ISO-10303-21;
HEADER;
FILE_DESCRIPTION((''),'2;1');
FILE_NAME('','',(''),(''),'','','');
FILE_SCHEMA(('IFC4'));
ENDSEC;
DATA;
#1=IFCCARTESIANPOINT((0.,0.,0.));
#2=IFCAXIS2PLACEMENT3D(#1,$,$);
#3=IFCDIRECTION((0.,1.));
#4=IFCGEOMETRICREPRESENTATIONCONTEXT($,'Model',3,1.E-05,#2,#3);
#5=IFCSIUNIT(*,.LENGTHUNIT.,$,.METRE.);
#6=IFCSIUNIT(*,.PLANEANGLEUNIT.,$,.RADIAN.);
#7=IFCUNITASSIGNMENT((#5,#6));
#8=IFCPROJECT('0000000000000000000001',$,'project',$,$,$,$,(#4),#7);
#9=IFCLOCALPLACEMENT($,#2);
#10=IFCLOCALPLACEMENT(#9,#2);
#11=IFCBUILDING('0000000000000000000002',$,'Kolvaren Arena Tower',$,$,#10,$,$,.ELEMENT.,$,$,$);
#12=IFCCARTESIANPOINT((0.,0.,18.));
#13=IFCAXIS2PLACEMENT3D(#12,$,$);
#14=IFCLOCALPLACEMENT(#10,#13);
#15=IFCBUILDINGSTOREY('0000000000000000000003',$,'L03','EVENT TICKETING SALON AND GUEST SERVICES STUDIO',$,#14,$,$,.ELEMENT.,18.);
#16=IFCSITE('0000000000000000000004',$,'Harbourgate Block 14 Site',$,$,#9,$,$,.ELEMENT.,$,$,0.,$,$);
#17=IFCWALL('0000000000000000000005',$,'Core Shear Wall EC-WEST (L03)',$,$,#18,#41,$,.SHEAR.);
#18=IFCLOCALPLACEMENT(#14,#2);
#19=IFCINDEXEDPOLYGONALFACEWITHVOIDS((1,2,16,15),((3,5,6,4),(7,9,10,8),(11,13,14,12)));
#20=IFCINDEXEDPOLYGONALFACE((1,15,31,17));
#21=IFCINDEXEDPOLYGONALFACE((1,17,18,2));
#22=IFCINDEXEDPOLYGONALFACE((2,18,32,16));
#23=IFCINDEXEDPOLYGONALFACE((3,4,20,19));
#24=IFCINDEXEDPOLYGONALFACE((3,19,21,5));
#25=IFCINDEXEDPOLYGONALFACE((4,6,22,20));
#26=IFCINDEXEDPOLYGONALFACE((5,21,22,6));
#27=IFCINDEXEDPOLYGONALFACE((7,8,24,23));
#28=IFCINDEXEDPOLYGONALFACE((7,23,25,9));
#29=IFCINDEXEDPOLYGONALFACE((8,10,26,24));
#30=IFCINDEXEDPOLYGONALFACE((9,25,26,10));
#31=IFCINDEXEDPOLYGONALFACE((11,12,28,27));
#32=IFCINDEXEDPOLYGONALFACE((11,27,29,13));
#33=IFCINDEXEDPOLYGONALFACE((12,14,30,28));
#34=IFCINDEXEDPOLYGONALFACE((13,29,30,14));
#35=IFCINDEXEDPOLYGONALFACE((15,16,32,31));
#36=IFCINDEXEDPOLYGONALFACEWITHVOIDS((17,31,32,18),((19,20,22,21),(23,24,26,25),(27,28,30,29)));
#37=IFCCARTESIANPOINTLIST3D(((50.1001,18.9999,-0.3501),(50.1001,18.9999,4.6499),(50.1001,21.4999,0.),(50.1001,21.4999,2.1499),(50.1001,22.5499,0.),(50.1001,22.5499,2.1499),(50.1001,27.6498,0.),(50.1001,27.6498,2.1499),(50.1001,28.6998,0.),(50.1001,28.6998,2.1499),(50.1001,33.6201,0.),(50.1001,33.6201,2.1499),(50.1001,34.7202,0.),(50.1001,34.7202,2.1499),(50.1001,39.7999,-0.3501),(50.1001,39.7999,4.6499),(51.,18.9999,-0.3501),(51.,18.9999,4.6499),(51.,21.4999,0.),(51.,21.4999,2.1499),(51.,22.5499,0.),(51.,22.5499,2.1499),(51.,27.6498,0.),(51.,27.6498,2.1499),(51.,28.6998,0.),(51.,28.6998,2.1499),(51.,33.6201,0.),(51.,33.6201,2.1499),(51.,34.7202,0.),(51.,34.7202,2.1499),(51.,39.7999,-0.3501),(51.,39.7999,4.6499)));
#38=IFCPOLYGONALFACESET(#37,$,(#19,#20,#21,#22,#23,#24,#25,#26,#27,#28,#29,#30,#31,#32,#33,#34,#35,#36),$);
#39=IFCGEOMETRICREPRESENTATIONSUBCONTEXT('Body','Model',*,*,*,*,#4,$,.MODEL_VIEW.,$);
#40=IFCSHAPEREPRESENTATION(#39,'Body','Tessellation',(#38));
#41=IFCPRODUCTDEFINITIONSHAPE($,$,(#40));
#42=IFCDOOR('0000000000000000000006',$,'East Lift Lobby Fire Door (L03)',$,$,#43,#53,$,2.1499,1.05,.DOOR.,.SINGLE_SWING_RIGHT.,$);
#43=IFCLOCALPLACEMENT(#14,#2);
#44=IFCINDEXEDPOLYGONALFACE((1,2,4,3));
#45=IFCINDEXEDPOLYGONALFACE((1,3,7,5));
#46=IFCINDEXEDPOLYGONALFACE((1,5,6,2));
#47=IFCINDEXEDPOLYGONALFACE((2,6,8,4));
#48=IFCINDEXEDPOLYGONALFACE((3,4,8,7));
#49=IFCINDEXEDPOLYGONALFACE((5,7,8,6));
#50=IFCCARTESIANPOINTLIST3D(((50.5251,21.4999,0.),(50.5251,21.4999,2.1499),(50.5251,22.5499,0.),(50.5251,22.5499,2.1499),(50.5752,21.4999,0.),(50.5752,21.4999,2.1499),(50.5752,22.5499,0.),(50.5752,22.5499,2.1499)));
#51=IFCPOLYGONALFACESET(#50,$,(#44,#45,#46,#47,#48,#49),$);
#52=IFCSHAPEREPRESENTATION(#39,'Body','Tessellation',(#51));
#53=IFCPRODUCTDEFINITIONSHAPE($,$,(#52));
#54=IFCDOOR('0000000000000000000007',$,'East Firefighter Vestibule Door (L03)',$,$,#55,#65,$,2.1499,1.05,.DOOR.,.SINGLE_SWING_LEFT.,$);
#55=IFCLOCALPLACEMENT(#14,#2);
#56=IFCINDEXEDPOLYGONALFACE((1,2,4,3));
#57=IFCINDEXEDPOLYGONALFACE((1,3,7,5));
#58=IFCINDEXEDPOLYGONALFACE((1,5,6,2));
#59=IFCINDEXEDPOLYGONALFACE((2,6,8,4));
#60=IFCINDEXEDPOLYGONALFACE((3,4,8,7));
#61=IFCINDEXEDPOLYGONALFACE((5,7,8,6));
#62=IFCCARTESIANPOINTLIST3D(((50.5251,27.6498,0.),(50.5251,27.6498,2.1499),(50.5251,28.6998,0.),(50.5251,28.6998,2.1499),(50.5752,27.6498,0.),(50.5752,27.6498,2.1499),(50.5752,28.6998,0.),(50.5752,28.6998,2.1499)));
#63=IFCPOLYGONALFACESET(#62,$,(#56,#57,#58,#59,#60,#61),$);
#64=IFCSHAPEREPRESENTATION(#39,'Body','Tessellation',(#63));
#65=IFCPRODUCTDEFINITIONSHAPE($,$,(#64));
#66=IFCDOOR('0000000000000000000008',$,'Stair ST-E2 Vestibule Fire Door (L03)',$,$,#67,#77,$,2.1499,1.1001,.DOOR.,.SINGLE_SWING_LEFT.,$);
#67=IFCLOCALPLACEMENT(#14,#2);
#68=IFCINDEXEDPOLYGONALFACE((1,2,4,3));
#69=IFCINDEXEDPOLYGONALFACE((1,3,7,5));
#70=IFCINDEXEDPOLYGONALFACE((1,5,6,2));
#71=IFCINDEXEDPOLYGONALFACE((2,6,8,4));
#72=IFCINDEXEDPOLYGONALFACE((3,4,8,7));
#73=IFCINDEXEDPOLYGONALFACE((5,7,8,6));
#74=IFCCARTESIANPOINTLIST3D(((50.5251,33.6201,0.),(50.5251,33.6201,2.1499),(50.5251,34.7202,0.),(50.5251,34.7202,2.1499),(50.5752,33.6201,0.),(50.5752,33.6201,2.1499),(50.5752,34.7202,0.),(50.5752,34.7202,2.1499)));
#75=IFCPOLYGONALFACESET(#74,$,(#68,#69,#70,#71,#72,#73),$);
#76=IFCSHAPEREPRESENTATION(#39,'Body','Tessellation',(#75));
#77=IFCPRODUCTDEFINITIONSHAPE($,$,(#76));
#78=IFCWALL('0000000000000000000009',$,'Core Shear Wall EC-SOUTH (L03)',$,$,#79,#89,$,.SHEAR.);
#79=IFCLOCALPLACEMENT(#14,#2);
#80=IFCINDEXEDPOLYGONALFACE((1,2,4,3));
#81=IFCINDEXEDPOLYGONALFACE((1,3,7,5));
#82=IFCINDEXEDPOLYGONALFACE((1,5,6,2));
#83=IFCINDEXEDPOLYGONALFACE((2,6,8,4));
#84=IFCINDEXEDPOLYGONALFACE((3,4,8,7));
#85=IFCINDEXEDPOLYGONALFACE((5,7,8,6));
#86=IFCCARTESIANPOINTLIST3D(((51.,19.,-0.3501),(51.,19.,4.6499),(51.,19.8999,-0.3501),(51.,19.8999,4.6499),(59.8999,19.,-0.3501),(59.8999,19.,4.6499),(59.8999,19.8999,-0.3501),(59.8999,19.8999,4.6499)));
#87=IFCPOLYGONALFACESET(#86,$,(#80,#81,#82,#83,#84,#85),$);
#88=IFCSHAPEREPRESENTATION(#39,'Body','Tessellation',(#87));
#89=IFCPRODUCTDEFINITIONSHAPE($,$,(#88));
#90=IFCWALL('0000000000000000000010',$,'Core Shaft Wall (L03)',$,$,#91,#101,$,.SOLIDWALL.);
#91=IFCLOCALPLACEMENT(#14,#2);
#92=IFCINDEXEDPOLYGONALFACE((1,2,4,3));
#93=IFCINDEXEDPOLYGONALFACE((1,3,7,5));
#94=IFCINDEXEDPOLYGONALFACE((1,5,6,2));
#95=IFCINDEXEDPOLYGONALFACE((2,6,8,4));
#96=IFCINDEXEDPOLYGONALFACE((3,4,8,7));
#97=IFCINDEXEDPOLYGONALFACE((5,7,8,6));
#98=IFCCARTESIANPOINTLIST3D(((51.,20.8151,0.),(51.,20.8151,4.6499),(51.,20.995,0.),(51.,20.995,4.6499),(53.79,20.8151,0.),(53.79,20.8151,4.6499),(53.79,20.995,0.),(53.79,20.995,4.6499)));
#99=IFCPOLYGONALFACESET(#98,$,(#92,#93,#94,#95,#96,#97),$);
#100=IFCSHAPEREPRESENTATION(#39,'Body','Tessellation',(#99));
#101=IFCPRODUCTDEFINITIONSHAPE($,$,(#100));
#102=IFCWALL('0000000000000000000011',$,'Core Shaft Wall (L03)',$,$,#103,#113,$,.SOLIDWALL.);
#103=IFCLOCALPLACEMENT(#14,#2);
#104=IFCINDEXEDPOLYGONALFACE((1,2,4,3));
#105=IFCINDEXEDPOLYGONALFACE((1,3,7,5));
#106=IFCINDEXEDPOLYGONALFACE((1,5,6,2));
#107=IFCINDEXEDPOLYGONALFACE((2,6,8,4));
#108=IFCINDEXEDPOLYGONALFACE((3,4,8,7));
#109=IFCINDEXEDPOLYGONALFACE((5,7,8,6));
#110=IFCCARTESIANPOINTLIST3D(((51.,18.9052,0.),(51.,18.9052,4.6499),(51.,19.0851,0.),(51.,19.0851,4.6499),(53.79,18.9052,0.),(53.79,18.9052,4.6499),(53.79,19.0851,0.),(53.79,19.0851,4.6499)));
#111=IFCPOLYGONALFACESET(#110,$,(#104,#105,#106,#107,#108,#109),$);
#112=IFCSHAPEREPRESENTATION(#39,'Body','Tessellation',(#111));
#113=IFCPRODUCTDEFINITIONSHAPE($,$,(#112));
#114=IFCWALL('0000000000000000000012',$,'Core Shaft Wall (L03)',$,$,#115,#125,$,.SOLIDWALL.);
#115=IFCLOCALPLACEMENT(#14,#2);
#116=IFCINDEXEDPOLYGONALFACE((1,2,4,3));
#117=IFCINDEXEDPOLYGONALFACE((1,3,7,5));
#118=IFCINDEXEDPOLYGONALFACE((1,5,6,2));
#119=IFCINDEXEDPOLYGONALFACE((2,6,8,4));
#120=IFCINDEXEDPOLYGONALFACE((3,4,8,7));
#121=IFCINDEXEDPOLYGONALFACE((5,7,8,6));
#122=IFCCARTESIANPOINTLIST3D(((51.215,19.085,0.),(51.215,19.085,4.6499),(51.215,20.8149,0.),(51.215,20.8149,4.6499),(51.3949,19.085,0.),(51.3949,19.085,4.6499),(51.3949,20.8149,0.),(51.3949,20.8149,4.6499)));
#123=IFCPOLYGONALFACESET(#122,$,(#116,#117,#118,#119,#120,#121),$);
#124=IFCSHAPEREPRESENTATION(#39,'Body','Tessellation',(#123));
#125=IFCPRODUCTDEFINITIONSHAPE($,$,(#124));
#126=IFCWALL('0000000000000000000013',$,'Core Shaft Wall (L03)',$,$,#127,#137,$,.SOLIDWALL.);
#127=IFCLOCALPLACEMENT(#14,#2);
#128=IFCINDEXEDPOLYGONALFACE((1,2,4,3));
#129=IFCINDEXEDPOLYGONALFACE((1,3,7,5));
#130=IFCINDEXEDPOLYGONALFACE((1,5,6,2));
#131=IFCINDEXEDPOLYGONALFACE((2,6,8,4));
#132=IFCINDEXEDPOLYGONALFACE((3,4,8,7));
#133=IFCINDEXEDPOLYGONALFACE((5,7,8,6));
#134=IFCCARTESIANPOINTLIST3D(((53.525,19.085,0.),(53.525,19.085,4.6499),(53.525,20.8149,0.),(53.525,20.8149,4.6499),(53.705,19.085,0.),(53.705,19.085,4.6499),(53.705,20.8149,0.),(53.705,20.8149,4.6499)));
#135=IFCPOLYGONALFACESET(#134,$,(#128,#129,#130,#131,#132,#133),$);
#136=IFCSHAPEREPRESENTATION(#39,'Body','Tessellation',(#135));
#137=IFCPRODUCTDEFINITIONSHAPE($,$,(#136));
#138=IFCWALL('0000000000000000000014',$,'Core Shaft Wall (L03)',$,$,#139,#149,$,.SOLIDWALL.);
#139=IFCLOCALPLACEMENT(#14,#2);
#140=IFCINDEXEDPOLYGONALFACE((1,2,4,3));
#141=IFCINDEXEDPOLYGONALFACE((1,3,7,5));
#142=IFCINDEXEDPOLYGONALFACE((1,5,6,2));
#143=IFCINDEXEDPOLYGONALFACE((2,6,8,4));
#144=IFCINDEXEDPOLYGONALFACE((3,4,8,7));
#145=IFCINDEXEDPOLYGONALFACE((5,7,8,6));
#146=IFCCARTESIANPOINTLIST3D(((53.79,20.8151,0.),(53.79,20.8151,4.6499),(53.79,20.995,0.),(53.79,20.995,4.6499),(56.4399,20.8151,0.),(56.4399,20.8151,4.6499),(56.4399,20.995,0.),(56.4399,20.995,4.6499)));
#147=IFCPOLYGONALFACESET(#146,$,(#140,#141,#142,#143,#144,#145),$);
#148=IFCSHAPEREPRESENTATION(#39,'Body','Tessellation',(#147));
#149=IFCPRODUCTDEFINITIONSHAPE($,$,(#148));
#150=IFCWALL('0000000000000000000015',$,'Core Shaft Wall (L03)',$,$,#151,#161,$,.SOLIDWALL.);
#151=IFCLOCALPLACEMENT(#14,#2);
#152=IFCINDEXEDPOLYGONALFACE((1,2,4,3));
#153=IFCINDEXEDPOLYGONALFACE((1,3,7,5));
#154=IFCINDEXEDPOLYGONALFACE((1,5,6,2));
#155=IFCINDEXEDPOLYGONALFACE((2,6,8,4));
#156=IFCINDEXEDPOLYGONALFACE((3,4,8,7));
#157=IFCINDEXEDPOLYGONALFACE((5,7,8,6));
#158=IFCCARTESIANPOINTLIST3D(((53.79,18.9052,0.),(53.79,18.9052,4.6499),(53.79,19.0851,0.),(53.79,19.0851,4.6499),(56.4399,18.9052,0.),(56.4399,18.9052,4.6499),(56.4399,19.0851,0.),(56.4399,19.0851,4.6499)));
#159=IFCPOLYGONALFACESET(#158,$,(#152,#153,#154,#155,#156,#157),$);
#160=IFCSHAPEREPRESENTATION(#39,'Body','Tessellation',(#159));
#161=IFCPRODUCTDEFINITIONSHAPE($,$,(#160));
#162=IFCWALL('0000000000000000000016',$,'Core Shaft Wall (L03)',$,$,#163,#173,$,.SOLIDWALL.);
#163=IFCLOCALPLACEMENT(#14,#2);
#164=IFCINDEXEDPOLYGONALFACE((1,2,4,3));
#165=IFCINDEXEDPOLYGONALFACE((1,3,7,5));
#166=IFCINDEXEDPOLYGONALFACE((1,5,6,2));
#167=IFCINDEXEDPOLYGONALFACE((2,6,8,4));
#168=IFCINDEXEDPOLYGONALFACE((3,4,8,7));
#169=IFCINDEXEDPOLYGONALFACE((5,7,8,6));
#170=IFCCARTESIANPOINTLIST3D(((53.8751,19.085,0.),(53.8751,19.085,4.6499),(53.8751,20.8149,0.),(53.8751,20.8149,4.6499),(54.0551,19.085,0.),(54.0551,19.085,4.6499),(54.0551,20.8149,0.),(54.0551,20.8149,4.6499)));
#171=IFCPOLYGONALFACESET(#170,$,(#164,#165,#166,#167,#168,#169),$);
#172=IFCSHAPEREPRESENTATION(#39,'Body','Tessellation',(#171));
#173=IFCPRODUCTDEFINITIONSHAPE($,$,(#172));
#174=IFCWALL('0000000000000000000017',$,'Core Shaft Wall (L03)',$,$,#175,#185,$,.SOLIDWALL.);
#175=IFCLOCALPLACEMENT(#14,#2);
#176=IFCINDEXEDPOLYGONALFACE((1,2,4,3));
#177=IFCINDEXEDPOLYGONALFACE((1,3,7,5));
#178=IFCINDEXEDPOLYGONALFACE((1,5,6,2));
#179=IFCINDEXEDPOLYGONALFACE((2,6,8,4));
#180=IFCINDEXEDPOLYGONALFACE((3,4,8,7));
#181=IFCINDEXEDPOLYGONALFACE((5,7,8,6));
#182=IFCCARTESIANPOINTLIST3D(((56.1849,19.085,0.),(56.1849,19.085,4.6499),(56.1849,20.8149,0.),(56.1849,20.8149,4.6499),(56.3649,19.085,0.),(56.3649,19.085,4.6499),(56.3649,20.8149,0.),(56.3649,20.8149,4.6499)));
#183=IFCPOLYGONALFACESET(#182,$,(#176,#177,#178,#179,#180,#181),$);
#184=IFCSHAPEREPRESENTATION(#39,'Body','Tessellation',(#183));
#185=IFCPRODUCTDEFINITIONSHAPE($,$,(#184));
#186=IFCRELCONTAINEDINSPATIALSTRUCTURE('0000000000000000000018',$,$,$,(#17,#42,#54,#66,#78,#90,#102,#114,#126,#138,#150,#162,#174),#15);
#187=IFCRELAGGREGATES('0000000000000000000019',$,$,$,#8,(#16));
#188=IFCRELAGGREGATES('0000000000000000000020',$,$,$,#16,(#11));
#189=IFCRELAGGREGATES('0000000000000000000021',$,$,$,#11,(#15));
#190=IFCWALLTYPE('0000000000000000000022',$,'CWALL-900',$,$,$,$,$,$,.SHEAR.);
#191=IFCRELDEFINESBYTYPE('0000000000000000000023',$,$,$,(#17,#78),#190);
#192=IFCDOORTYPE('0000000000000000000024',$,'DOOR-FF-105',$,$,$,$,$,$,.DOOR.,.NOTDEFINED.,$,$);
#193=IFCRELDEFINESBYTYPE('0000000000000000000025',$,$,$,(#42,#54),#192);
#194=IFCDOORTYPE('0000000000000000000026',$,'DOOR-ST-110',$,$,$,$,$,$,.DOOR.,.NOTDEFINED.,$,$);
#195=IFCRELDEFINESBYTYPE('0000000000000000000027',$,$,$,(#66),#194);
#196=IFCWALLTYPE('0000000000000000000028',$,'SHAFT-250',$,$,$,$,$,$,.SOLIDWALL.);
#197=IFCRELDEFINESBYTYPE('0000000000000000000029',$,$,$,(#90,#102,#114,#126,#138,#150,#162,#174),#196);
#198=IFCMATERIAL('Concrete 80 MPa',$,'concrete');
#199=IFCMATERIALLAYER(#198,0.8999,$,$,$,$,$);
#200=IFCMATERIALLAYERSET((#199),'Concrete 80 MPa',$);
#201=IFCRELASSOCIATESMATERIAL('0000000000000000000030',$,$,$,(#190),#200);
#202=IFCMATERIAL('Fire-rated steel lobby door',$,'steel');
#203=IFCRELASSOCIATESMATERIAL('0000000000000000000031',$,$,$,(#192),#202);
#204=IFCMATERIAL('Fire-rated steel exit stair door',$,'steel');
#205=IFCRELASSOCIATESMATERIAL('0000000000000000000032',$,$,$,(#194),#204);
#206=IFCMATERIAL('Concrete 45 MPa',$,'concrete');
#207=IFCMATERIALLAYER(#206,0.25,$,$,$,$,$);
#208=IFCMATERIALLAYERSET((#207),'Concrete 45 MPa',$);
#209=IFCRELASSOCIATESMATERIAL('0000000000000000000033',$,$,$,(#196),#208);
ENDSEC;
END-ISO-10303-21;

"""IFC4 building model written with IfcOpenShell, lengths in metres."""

from ifc_helpers import new_model, si_unit, direction, frame, frame_2d, origin, place, context, subcontext, project, spatial, rectangle, extrude, material, layer, layer_set, type_object, element, fill, save


model = new_model("IFC4")

# Units and contexts
model_context = context("Model", 3, precision=1e-05, world=origin(), true_north=direction((0.0, 1.0)))
body_context = subcontext(model_context, "Body", "Model", "MODEL_VIEW")
ifc_project = project(units=[si_unit("LENGTHUNIT", "METRE"), si_unit("PLANEANGLEUNIT", "RADIAN")], contexts=[model_context])

# Site, building, storey
site_placement = place(None, origin())
site = spatial("IfcSite", under=ifc_project, at=site_placement, Name="Harbourgate Block 14 Site", CompositionType="ELEMENT", RefElevation=0.0)
building_placement = place(site_placement, origin())
building = spatial("IfcBuilding", under=site, at=building_placement, Name="Kolvaren Arena Tower", CompositionType="ELEMENT")
storey_placement = place(building_placement, frame((0.0, 0.0, 18.0)))
storey = spatial("IfcBuildingStorey", under=building, at=storey_placement, Name="L03", Description="EVENT TICKETING SALON AND GUEST SERVICES STUDIO", CompositionType="ELEMENT", Elevation=18.0)

# Wall, openings, doors
ifc_material_1 = material(Name="Concrete 80 MPa", Category="concrete")
ifc_layer_1 = layer(ifc_material_1, 0.8999)
ifc_layer_set_1 = layer_set([ifc_layer_1], Name="Concrete 80 MPa")
wall_type_1 = type_object("IfcWallType", Name="CWALL-900", PredefinedType="SHEAR", material=ifc_layer_set_1)
wall_1_placement = place(storey_placement, frame((50.55, 19.0, -0.3501), z_axis=(0.0, 0.0, 1.0), x_axis=(0.0, 1.0, 0.0)))
wall_1 = element("IfcWall", 1, at=wall_1_placement, inside=storey, type_object=wall_type_1, Name="Core Shear Wall EC-WEST (L03)", PredefinedType="SHEAR", context=body_context, shape_type="SweptSolid", body=[
    extrude(rectangle(XDim=20.8, YDim=0.8999, at=frame_2d((10.3999, 0.0))), origin(), (0.0, 0.0, 1.0), 5.0),
])
opening_1_placement = place(wall_1_placement, frame((2.5, 0.0, 0.3501)))
opening_1 = element("IfcOpeningElement", 2, at=opening_1_placement, cuts=wall_1, PredefinedType="OPENING", context=body_context, shape_type="SweptSolid", body=[
    extrude(rectangle(XDim=1.05, YDim=2.1499, at=frame_2d((0.5249, 1.075))), frame((0.0, 0.46, 0.0), z_axis=(0.0, -1.0, 0.0), x_axis=(1.0, 0.0, 0.0)), (0.0, 0.0, 1.0), 0.9199),
])
opening_2_placement = place(wall_1_placement, frame((8.6499, 0.0, 0.3501)))
opening_2 = element("IfcOpeningElement", 3, at=opening_2_placement, cuts=wall_1, PredefinedType="OPENING", context=body_context, shape_type="SweptSolid", body=[
    extrude(rectangle(XDim=1.05, YDim=2.1499, at=frame_2d((0.5249, 1.075))), frame((0.0, 0.46, 0.0), z_axis=(0.0, -1.0, 0.0), x_axis=(1.0, 0.0, 0.0)), (0.0, 0.0, 1.0), 0.9199),
])
opening_3_placement = place(wall_1_placement, frame((14.6201, 0.0, 0.3501)))
opening_3 = element("IfcOpeningElement", 4, at=opening_3_placement, cuts=wall_1, PredefinedType="OPENING", context=body_context, shape_type="SweptSolid", body=[
    extrude(rectangle(XDim=1.1001, YDim=2.1499, at=frame_2d((0.55, 1.075))), frame((0.0, 0.46, 0.0), z_axis=(0.0, -1.0, 0.0), x_axis=(1.0, 0.0, 0.0)), (0.0, 0.0, 1.0), 0.9199),
])
ifc_material_2 = material(Name="Fire-rated steel lobby door", Category="steel")
door_type_1 = type_object("IfcDoorType", Name="DOOR-FF-105", OperationType="NOTDEFINED", PredefinedType="DOOR", material=ifc_material_2)
door_1_placement = place(opening_1_placement, origin())
door_1 = element("IfcDoor", 5, at=door_1_placement, inside=storey, type_object=door_type_1, Name="East Lift Lobby Fire Door (L03)", OperationType="SINGLE_SWING_RIGHT", OverallHeight=2.1499, OverallWidth=1.05, PredefinedType="DOOR", context=body_context, shape_type="SweptSolid", body=[
    extrude(rectangle(XDim=1.05, YDim=2.1499, at=frame_2d((0.5249, 1.075))), frame((0.0, 0.0249, 0.0), z_axis=(0.0, -1.0, 0.0), x_axis=(1.0, 0.0, 0.0)), (0.0, 0.0, 1.0), 0.05),
])
fill(opening_1, door_1)
door_2_placement = place(opening_2_placement, origin())
door_2 = element("IfcDoor", 6, at=door_2_placement, inside=storey, type_object=door_type_1, Name="East Firefighter Vestibule Door (L03)", OperationType="SINGLE_SWING_LEFT", OverallHeight=2.1499, OverallWidth=1.05, PredefinedType="DOOR", context=body_context, shape_type="SweptSolid", body=[
    extrude(rectangle(XDim=1.05, YDim=2.1499, at=frame_2d((0.5249, 1.075))), frame((0.0, 0.0249, 0.0), z_axis=(0.0, -1.0, 0.0), x_axis=(1.0, 0.0, 0.0)), (0.0, 0.0, 1.0), 0.05),
])
fill(opening_2, door_2)
ifc_material_3 = material(Name="Fire-rated steel exit stair door", Category="steel")
door_type_2 = type_object("IfcDoorType", Name="DOOR-ST-110", OperationType="NOTDEFINED", PredefinedType="DOOR", material=ifc_material_3)
door_3_placement = place(opening_3_placement, origin())
door_3 = element("IfcDoor", 7, at=door_3_placement, inside=storey, type_object=door_type_2, Name="Stair ST-E2 Vestibule Fire Door (L03)", OperationType="SINGLE_SWING_LEFT", OverallHeight=2.1499, OverallWidth=1.1001, PredefinedType="DOOR", context=body_context, shape_type="SweptSolid", body=[
    extrude(rectangle(XDim=1.1001, YDim=2.1499, at=frame_2d((0.55, 1.075))), frame((0.0, 0.0249, 0.0), z_axis=(0.0, -1.0, 0.0), x_axis=(1.0, 0.0, 0.0)), (0.0, 0.0, 1.0), 0.05),
])
fill(opening_3, door_3)

# Walls
wall_2_placement = place(storey_placement, frame((51.0, 19.45, -0.3501), z_axis=(0.0, 0.0, 1.0), x_axis=(1.0, 0.0, 0.0)))
element("IfcWall", 8, at=wall_2_placement, inside=storey, type_object=wall_type_1, Name="Core Shear Wall EC-SOUTH (L03)", PredefinedType="SHEAR", context=body_context, shape_type="SweptSolid", body=[
    extrude(rectangle(XDim=8.8999, YDim=0.8999, at=frame_2d((4.45, 0.0))), origin(), (0.0, 0.0, 1.0), 5.0),
])
ifc_material_4 = material(Name="Concrete 45 MPa", Category="concrete")
ifc_layer_2 = layer(ifc_material_4, 0.25)
ifc_layer_set_2 = layer_set([ifc_layer_2], Name="Concrete 45 MPa")
wall_type_2 = type_object("IfcWallType", Name="SHAFT-250", PredefinedType="SOLIDWALL", material=ifc_layer_set_2)
for number, where, z_axis, x_axis, name in (
    (9, (51.0, 20.905, 0.0), (0.0, 0.0, 1.0), (1.0, 0.0, 0.0), "Core Shaft Wall (L03)"),
    (10, (51.0, 18.9951, 0.0), (0.0, 0.0, 1.0), (1.0, 0.0, 0.0), "Core Shaft Wall (L03)"),
):
    element("IfcWall", number, at=place(storey_placement, frame(where, z_axis=z_axis, x_axis=x_axis)), inside=storey, type_object=wall_type_2, Name=name, PredefinedType="SOLIDWALL", context=body_context, shape_type="SweptSolid", body=[
        extrude(rectangle(XDim=2.79, YDim=0.1799, at=frame_2d((1.395, 0.0))), origin(), (0.0, 0.0, 1.0), 4.6499),
    ])
for number, where, z_axis, x_axis, name in (
    (11, (51.3049, 19.085, 0.0), (0.0, 0.0, 1.0), (0.0, 1.0, 0.0), "Core Shaft Wall (L03)"),
    (12, (53.615, 19.085, 0.0), (0.0, 0.0, 1.0), (0.0, 1.0, 0.0), "Core Shaft Wall (L03)"),
):
    element("IfcWall", number, at=place(storey_placement, frame(where, z_axis=z_axis, x_axis=x_axis)), inside=storey, type_object=wall_type_2, Name=name, PredefinedType="SOLIDWALL", context=body_context, shape_type="SweptSolid", body=[
        extrude(rectangle(XDim=1.73, YDim=0.1799, at=frame_2d((0.865, 0.0))), origin(), (0.0, 0.0, 1.0), 4.6499),
    ])
for number, where, z_axis, x_axis, name in (
    (13, (53.79, 20.905, 0.0), (0.0, 0.0, 1.0), (1.0, 0.0, 0.0), "Core Shaft Wall (L03)"),
    (14, (53.79, 18.9951, 0.0), (0.0, 0.0, 1.0), (1.0, 0.0, 0.0), "Core Shaft Wall (L03)"),
):
    element("IfcWall", number, at=place(storey_placement, frame(where, z_axis=z_axis, x_axis=x_axis)), inside=storey, type_object=wall_type_2, Name=name, PredefinedType="SOLIDWALL", context=body_context, shape_type="SweptSolid", body=[
        extrude(rectangle(XDim=2.6499, YDim=0.1799, at=frame_2d((1.325, 0.0))), origin(), (0.0, 0.0, 1.0), 4.6499),
    ])
for number, where, z_axis, x_axis, name in (
    (15, (53.9651, 19.085, 0.0), (0.0, 0.0, 1.0), (0.0, 1.0, 0.0), "Core Shaft Wall (L03)"),
    (16, (56.2749, 19.085, 0.0), (0.0, 0.0, 1.0), (0.0, 1.0, 0.0), "Core Shaft Wall (L03)"),
):
    element("IfcWall", number, at=place(storey_placement, frame(where, z_axis=z_axis, x_axis=x_axis)), inside=storey, type_object=wall_type_2, Name=name, PredefinedType="SOLIDWALL", context=body_context, shape_type="SweptSolid", body=[
        extrude(rectangle(XDim=1.73, YDim=0.1799, at=frame_2d((0.865, 0.0))), origin(), (0.0, 0.0, 1.0), 4.6499),
    ])

save(model, "model.ifc")
